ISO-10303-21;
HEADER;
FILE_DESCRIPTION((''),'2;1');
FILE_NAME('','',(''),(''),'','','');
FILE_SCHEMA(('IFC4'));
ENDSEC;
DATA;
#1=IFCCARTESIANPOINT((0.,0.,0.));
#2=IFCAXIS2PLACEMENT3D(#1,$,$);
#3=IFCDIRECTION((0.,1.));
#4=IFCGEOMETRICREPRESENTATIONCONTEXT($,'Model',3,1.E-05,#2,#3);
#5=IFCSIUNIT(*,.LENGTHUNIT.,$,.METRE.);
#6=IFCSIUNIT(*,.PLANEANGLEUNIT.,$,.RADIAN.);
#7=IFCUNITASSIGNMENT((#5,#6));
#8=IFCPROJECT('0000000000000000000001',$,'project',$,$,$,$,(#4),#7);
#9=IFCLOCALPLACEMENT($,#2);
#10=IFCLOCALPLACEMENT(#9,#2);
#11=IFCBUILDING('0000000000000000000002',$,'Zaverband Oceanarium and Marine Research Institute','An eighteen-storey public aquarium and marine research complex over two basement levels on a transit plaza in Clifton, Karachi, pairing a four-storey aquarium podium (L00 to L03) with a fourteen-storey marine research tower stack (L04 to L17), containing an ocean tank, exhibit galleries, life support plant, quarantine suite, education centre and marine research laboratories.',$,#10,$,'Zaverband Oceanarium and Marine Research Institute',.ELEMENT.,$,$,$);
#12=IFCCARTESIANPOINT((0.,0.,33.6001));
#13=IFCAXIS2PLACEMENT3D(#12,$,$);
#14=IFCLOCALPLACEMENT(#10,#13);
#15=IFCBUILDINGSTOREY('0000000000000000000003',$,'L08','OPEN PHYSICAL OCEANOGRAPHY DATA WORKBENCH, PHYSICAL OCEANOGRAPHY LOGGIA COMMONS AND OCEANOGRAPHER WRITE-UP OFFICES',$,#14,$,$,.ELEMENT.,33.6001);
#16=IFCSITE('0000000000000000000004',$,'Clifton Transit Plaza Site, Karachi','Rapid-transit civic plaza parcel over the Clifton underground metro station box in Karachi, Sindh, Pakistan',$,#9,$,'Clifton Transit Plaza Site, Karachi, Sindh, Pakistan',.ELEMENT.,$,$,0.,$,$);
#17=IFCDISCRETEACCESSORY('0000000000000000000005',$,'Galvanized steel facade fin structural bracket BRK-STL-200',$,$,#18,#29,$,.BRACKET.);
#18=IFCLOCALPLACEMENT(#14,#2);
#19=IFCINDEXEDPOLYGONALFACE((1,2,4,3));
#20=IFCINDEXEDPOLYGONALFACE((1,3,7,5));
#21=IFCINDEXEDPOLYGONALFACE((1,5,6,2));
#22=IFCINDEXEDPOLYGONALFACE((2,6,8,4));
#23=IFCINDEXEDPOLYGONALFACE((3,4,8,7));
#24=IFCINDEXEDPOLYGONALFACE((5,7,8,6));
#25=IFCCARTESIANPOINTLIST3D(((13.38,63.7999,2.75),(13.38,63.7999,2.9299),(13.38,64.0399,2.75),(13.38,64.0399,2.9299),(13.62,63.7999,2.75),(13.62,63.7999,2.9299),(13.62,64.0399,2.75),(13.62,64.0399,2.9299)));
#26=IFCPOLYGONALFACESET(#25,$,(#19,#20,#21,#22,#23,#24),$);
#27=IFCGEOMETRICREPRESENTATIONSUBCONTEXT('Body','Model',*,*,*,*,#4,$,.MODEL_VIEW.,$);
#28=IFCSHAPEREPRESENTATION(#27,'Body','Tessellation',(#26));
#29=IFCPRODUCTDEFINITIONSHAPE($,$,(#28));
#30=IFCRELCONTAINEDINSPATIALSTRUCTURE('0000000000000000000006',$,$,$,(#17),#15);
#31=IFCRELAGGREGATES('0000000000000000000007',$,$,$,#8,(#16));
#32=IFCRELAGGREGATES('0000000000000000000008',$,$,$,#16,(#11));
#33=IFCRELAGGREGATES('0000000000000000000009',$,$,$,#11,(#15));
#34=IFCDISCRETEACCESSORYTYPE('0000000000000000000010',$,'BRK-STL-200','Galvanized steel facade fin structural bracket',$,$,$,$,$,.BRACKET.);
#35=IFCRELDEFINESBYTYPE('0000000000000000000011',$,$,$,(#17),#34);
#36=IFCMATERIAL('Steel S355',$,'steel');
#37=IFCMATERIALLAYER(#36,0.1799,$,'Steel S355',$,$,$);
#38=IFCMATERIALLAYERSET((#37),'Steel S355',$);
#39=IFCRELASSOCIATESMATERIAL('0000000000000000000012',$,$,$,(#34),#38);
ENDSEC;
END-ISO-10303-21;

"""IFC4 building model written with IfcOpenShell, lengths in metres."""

from ifc_helpers import new_model, si_unit, direction, frame, origin, origin_2d, place, context, subcontext, project, spatial, rectangle, extrude, material, layer, layer_set, type_object, element, save


model = new_model("IFC4")

# Units and contexts
model_context = context("Model", 3, precision=1e-05, world=origin(), true_north=direction((0.0, 1.0)))
body_context = subcontext(model_context, "Body", "Model", "MODEL_VIEW")
ifc_project = project(units=[si_unit("LENGTHUNIT", "METRE"), si_unit("PLANEANGLEUNIT", "RADIAN")], contexts=[model_context])

# Site, building, storey
site_placement = place(None, origin())
site = spatial("IfcSite", under=ifc_project, at=site_placement, Name="Clifton Transit Plaza Site, Karachi", Description="Rapid-transit civic plaza parcel over the Clifton underground metro station box in Karachi, Sindh, Pakistan", LongName="Clifton Transit Plaza Site, Karachi, Sindh, Pakistan", CompositionType="ELEMENT", RefElevation=0.0)
building_placement = place(site_placement, origin())
building = spatial("IfcBuilding", under=site, at=building_placement, Name="Zaverband Oceanarium and Marine Research Institute", Description="An eighteen-storey public aquarium and marine research complex over two basement levels on a transit plaza in Clifton, Karachi, pairing a four-storey aquarium podium (L00 to L03) with a fourteen-storey marine research tower stack (L04 to L17), containing an ocean tank, exhibit galleries, life support plant, quarantine suite, education centre and marine research laboratories.", LongName="Zaverband Oceanarium and Marine Research Institute", CompositionType="ELEMENT")
storey_placement = place(building_placement, frame((0.0, 0.0, 33.6001)))
storey = spatial("IfcBuildingStorey", under=building, at=storey_placement, Name="L08", Description="OPEN PHYSICAL OCEANOGRAPHY DATA WORKBENCH, PHYSICAL OCEANOGRAPHY LOGGIA COMMONS AND OCEANOGRAPHER WRITE-UP OFFICES", CompositionType="ELEMENT", Elevation=33.6001)

# Discrete accessory
ifc_material_1 = material(Name="Steel S355", Category="steel")
ifc_layer_1 = layer(ifc_material_1, 0.1799, Name="Steel S355")
ifc_layer_set_1 = layer_set([ifc_layer_1], Name="Steel S355")
discrete_accessory_type = type_object("IfcDiscreteAccessoryType", Name="BRK-STL-200", Description="Galvanized steel facade fin structural bracket", PredefinedType="BRACKET", material=ifc_layer_set_1)
discrete_accessory_placement = place(storey_placement, frame((13.5, 63.9199, 2.75), z_axis=(0.0, 0.0, 1.0), x_axis=(1.0, 0.0, 0.0)))
element("IfcDiscreteAccessory", 1, at=discrete_accessory_placement, inside=storey, type_object=discrete_accessory_type, Name="Galvanized steel facade fin structural bracket BRK-STL-200", PredefinedType="BRACKET", context=body_context, shape_type="SweptSolid", body=[
    extrude(rectangle(XDim=0.24, YDim=0.24, at=origin_2d()), origin(), (0.0, 0.0, 1.0), 0.1799),
])

save(model, "model.ifc")
